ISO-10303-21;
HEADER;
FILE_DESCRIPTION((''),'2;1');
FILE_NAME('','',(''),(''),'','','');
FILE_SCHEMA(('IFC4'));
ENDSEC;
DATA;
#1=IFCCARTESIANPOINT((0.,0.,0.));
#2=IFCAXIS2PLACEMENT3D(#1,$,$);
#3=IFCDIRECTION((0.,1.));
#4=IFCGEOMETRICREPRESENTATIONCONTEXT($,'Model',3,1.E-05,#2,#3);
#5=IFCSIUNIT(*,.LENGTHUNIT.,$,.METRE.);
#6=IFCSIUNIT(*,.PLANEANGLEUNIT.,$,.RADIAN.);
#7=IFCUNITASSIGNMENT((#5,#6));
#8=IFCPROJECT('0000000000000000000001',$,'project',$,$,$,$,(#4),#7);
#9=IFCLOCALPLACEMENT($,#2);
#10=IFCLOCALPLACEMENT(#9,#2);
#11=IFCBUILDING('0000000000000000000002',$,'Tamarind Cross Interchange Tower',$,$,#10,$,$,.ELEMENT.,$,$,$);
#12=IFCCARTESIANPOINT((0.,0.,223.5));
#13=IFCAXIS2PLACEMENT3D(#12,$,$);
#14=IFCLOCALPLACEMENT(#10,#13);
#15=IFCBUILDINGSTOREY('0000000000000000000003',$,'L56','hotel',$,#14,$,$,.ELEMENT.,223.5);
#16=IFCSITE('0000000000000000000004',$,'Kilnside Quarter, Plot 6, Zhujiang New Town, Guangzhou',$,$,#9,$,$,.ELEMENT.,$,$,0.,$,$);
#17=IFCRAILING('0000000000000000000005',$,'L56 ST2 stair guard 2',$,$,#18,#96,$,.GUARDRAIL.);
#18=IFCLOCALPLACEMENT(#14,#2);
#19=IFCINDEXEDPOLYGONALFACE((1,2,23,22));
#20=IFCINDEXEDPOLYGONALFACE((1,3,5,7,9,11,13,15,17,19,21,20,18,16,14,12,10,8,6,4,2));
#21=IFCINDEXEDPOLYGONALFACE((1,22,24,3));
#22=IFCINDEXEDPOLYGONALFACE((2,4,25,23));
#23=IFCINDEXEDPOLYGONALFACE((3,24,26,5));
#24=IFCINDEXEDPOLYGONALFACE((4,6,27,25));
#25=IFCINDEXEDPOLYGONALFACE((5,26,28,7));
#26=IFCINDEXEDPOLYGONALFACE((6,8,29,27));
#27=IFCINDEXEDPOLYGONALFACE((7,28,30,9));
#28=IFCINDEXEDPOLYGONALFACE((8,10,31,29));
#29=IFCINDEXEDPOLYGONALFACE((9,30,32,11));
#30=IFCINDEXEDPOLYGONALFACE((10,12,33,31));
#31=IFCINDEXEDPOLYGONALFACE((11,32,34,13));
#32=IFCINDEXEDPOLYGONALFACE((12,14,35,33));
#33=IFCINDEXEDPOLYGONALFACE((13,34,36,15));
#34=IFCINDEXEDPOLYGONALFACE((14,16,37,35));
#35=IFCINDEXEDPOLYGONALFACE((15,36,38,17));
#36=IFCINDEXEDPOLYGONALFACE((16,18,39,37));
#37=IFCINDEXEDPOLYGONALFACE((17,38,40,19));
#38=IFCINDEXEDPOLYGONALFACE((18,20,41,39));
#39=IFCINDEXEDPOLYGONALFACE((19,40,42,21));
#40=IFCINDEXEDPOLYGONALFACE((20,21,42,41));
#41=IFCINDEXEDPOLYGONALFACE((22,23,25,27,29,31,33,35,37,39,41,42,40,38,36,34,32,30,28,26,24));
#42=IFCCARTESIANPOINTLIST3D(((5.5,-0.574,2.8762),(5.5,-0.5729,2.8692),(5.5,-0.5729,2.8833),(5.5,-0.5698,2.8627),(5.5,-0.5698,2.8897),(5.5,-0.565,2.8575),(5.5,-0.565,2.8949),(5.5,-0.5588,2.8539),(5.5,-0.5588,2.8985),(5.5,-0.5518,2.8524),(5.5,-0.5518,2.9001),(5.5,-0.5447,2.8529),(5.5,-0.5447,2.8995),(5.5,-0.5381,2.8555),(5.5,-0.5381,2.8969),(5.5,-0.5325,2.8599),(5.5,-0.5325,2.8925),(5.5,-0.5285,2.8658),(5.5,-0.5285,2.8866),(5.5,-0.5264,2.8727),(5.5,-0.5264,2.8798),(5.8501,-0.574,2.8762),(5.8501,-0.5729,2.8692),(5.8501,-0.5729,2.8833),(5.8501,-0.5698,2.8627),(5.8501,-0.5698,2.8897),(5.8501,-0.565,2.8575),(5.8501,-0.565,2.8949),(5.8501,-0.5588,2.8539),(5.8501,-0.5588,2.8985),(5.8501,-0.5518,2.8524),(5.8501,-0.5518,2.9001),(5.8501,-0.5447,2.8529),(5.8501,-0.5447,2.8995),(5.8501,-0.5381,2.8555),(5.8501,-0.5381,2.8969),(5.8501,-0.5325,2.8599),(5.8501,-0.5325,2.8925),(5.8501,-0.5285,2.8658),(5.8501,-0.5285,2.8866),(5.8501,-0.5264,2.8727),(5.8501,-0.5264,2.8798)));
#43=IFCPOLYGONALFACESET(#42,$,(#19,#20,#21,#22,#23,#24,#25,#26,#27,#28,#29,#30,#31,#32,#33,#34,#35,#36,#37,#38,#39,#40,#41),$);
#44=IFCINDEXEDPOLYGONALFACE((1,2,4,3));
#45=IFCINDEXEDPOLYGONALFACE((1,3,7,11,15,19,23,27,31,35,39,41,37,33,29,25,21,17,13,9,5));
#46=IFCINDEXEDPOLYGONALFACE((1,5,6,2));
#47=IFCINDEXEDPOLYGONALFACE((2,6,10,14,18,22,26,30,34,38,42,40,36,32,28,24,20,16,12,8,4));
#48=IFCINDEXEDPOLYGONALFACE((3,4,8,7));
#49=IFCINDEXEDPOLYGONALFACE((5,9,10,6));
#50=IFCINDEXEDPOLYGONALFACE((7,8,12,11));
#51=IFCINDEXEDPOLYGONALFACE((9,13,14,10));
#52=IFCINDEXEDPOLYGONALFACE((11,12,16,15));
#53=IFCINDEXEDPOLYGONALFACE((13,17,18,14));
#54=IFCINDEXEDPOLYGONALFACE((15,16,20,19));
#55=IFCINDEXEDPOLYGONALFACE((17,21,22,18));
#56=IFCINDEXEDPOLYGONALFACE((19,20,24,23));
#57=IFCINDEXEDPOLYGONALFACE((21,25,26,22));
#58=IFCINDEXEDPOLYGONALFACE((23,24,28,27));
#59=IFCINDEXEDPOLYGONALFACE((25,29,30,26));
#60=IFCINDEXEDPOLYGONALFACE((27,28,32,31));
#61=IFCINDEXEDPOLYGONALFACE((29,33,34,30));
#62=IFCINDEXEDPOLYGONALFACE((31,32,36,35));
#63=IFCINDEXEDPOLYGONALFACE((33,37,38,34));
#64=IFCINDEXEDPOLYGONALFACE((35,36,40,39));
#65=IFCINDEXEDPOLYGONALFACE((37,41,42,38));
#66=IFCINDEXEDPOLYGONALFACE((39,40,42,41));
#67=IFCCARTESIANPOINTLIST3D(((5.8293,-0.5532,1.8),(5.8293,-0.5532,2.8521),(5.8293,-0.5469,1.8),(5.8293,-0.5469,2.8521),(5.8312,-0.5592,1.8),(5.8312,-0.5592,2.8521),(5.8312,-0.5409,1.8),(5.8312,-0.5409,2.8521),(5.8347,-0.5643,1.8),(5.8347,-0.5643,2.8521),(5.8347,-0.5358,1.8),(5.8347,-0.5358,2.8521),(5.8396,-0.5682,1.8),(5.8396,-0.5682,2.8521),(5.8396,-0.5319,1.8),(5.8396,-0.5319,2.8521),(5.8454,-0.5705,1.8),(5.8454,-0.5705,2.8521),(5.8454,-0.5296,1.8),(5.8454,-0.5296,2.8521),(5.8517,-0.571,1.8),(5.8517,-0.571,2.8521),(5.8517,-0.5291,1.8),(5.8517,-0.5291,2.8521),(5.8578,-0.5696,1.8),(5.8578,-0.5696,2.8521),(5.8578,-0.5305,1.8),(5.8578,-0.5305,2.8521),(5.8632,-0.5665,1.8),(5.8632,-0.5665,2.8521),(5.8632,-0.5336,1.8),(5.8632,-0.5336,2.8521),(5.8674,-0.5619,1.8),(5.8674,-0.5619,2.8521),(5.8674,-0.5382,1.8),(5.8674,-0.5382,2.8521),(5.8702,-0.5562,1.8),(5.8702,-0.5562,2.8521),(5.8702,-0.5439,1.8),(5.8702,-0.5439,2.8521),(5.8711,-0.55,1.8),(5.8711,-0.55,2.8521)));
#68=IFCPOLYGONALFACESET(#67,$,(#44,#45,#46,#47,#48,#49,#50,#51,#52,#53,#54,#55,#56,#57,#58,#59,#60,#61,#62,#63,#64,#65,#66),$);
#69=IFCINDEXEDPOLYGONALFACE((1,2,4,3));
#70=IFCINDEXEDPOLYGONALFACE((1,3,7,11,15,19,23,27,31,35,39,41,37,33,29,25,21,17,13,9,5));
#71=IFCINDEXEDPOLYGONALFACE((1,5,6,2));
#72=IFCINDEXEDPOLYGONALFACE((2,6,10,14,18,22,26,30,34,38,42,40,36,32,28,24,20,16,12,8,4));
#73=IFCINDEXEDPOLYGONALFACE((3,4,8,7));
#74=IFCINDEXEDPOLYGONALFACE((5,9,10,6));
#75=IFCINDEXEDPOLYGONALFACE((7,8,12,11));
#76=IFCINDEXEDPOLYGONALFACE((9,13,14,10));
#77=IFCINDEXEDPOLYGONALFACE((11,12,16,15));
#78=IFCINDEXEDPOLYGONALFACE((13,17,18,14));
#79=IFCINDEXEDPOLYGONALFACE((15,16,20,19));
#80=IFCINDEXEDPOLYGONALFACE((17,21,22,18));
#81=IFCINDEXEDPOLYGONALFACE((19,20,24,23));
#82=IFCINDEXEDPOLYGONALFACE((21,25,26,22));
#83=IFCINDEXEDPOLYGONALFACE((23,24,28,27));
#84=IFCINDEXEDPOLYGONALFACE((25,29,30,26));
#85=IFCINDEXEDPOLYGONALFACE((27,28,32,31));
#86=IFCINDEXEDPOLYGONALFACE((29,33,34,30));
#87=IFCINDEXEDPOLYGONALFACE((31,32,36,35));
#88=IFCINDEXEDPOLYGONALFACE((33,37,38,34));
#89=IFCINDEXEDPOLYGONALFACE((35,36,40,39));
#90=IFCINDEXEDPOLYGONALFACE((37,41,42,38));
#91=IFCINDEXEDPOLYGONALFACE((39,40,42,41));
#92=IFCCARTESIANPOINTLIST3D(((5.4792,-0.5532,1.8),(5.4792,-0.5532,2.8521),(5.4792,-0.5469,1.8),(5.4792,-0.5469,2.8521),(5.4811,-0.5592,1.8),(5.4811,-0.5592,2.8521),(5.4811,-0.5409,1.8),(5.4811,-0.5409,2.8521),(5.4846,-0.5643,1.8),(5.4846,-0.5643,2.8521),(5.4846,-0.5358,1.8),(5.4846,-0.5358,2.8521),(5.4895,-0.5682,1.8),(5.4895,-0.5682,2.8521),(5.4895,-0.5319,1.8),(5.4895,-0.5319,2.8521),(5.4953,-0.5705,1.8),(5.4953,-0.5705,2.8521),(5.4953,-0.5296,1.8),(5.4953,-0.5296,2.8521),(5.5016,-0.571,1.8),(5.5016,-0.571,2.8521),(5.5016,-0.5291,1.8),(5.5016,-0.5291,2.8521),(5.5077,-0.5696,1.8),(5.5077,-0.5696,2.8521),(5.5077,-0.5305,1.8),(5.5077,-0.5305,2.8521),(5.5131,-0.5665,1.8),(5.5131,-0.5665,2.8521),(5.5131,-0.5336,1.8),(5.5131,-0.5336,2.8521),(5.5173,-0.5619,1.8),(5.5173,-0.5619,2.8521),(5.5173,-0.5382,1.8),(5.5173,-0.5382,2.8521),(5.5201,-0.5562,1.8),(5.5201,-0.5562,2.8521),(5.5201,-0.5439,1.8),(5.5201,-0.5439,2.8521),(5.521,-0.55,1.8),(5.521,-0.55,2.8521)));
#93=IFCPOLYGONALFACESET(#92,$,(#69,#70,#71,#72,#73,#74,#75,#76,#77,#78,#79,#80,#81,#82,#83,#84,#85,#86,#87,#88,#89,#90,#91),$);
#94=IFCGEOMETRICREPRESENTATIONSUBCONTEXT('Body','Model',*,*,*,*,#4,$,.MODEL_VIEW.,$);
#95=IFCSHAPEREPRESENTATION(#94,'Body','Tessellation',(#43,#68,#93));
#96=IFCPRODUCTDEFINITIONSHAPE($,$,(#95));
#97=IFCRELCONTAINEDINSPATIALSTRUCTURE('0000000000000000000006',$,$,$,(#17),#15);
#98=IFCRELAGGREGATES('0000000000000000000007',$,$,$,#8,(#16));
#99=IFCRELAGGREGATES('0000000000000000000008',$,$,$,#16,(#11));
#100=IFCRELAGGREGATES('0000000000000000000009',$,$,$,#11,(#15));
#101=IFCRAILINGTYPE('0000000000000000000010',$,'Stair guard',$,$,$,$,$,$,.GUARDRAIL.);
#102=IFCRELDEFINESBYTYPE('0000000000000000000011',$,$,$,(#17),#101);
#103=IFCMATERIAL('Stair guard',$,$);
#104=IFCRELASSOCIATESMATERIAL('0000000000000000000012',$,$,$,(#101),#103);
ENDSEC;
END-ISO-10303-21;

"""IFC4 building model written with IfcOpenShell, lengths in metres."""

from ifc_helpers import new_model, si_unit, direction, frame, origin, origin_2d, place, context, subcontext, project, spatial, circle, extrude, material, type_object, element, save


model = new_model("IFC4")

# Units and contexts
model_context = context("Model", 3, precision=1e-05, world=origin(), true_north=direction((0.0, 1.0)))
body_context = subcontext(model_context, "Body", "Model", "MODEL_VIEW")
ifc_project = project(units=[si_unit("LENGTHUNIT", "METRE"), si_unit("PLANEANGLEUNIT", "RADIAN")], contexts=[model_context])

# Site, building, storey
site_placement = place(None, origin())
site = spatial("IfcSite", under=ifc_project, at=site_placement, Name="Kilnside Quarter, Plot 6, Zhujiang New Town, Guangzhou", CompositionType="ELEMENT", RefElevation=0.0)
building_placement = place(site_placement, origin())
building = spatial("IfcBuilding", under=site, at=building_placement, Name="Tamarind Cross Interchange Tower", CompositionType="ELEMENT")
storey_placement = place(building_placement, frame((0.0, 0.0, 223.5)))
storey = spatial("IfcBuildingStorey", under=building, at=storey_placement, Name="L56", Description="hotel", CompositionType="ELEMENT", Elevation=223.5)

# Railing
ifc_material_1 = material(Name="Stair guard")
railing_type_1 = type_object("IfcRailingType", Name="Stair guard", PredefinedType="GUARDRAIL", material=ifc_material_1)
railing_1_placement = place(storey_placement, frame((5.8501, -0.55, 1.8)))
element("IfcRailing", 1, at=railing_1_placement, inside=storey, type_object=railing_type_1, Name="L56 ST2 stair guard 2", PredefinedType="GUARDRAIL", context=body_context, shape_type="SweptSolid", body=[
    extrude(circle(Radius=0.0239, at=origin_2d()), frame((0.0, 0.0, 1.0762), z_axis=(-1.0, 0.0, 0.0), x_axis=(0.0, -1.0, 0.0)), (0.0, 0.0, 1.0), 0.3501),
    extrude(circle(Radius=0.021, at=origin_2d()), origin(), (0.0, 0.0, 1.0), 1.052),
    extrude(circle(Radius=0.021, at=origin_2d()), frame((-0.3501, 0.0, 0.0)), (0.0, 0.0, 1.0), 1.052),
])

save(model, "model.ifc")
